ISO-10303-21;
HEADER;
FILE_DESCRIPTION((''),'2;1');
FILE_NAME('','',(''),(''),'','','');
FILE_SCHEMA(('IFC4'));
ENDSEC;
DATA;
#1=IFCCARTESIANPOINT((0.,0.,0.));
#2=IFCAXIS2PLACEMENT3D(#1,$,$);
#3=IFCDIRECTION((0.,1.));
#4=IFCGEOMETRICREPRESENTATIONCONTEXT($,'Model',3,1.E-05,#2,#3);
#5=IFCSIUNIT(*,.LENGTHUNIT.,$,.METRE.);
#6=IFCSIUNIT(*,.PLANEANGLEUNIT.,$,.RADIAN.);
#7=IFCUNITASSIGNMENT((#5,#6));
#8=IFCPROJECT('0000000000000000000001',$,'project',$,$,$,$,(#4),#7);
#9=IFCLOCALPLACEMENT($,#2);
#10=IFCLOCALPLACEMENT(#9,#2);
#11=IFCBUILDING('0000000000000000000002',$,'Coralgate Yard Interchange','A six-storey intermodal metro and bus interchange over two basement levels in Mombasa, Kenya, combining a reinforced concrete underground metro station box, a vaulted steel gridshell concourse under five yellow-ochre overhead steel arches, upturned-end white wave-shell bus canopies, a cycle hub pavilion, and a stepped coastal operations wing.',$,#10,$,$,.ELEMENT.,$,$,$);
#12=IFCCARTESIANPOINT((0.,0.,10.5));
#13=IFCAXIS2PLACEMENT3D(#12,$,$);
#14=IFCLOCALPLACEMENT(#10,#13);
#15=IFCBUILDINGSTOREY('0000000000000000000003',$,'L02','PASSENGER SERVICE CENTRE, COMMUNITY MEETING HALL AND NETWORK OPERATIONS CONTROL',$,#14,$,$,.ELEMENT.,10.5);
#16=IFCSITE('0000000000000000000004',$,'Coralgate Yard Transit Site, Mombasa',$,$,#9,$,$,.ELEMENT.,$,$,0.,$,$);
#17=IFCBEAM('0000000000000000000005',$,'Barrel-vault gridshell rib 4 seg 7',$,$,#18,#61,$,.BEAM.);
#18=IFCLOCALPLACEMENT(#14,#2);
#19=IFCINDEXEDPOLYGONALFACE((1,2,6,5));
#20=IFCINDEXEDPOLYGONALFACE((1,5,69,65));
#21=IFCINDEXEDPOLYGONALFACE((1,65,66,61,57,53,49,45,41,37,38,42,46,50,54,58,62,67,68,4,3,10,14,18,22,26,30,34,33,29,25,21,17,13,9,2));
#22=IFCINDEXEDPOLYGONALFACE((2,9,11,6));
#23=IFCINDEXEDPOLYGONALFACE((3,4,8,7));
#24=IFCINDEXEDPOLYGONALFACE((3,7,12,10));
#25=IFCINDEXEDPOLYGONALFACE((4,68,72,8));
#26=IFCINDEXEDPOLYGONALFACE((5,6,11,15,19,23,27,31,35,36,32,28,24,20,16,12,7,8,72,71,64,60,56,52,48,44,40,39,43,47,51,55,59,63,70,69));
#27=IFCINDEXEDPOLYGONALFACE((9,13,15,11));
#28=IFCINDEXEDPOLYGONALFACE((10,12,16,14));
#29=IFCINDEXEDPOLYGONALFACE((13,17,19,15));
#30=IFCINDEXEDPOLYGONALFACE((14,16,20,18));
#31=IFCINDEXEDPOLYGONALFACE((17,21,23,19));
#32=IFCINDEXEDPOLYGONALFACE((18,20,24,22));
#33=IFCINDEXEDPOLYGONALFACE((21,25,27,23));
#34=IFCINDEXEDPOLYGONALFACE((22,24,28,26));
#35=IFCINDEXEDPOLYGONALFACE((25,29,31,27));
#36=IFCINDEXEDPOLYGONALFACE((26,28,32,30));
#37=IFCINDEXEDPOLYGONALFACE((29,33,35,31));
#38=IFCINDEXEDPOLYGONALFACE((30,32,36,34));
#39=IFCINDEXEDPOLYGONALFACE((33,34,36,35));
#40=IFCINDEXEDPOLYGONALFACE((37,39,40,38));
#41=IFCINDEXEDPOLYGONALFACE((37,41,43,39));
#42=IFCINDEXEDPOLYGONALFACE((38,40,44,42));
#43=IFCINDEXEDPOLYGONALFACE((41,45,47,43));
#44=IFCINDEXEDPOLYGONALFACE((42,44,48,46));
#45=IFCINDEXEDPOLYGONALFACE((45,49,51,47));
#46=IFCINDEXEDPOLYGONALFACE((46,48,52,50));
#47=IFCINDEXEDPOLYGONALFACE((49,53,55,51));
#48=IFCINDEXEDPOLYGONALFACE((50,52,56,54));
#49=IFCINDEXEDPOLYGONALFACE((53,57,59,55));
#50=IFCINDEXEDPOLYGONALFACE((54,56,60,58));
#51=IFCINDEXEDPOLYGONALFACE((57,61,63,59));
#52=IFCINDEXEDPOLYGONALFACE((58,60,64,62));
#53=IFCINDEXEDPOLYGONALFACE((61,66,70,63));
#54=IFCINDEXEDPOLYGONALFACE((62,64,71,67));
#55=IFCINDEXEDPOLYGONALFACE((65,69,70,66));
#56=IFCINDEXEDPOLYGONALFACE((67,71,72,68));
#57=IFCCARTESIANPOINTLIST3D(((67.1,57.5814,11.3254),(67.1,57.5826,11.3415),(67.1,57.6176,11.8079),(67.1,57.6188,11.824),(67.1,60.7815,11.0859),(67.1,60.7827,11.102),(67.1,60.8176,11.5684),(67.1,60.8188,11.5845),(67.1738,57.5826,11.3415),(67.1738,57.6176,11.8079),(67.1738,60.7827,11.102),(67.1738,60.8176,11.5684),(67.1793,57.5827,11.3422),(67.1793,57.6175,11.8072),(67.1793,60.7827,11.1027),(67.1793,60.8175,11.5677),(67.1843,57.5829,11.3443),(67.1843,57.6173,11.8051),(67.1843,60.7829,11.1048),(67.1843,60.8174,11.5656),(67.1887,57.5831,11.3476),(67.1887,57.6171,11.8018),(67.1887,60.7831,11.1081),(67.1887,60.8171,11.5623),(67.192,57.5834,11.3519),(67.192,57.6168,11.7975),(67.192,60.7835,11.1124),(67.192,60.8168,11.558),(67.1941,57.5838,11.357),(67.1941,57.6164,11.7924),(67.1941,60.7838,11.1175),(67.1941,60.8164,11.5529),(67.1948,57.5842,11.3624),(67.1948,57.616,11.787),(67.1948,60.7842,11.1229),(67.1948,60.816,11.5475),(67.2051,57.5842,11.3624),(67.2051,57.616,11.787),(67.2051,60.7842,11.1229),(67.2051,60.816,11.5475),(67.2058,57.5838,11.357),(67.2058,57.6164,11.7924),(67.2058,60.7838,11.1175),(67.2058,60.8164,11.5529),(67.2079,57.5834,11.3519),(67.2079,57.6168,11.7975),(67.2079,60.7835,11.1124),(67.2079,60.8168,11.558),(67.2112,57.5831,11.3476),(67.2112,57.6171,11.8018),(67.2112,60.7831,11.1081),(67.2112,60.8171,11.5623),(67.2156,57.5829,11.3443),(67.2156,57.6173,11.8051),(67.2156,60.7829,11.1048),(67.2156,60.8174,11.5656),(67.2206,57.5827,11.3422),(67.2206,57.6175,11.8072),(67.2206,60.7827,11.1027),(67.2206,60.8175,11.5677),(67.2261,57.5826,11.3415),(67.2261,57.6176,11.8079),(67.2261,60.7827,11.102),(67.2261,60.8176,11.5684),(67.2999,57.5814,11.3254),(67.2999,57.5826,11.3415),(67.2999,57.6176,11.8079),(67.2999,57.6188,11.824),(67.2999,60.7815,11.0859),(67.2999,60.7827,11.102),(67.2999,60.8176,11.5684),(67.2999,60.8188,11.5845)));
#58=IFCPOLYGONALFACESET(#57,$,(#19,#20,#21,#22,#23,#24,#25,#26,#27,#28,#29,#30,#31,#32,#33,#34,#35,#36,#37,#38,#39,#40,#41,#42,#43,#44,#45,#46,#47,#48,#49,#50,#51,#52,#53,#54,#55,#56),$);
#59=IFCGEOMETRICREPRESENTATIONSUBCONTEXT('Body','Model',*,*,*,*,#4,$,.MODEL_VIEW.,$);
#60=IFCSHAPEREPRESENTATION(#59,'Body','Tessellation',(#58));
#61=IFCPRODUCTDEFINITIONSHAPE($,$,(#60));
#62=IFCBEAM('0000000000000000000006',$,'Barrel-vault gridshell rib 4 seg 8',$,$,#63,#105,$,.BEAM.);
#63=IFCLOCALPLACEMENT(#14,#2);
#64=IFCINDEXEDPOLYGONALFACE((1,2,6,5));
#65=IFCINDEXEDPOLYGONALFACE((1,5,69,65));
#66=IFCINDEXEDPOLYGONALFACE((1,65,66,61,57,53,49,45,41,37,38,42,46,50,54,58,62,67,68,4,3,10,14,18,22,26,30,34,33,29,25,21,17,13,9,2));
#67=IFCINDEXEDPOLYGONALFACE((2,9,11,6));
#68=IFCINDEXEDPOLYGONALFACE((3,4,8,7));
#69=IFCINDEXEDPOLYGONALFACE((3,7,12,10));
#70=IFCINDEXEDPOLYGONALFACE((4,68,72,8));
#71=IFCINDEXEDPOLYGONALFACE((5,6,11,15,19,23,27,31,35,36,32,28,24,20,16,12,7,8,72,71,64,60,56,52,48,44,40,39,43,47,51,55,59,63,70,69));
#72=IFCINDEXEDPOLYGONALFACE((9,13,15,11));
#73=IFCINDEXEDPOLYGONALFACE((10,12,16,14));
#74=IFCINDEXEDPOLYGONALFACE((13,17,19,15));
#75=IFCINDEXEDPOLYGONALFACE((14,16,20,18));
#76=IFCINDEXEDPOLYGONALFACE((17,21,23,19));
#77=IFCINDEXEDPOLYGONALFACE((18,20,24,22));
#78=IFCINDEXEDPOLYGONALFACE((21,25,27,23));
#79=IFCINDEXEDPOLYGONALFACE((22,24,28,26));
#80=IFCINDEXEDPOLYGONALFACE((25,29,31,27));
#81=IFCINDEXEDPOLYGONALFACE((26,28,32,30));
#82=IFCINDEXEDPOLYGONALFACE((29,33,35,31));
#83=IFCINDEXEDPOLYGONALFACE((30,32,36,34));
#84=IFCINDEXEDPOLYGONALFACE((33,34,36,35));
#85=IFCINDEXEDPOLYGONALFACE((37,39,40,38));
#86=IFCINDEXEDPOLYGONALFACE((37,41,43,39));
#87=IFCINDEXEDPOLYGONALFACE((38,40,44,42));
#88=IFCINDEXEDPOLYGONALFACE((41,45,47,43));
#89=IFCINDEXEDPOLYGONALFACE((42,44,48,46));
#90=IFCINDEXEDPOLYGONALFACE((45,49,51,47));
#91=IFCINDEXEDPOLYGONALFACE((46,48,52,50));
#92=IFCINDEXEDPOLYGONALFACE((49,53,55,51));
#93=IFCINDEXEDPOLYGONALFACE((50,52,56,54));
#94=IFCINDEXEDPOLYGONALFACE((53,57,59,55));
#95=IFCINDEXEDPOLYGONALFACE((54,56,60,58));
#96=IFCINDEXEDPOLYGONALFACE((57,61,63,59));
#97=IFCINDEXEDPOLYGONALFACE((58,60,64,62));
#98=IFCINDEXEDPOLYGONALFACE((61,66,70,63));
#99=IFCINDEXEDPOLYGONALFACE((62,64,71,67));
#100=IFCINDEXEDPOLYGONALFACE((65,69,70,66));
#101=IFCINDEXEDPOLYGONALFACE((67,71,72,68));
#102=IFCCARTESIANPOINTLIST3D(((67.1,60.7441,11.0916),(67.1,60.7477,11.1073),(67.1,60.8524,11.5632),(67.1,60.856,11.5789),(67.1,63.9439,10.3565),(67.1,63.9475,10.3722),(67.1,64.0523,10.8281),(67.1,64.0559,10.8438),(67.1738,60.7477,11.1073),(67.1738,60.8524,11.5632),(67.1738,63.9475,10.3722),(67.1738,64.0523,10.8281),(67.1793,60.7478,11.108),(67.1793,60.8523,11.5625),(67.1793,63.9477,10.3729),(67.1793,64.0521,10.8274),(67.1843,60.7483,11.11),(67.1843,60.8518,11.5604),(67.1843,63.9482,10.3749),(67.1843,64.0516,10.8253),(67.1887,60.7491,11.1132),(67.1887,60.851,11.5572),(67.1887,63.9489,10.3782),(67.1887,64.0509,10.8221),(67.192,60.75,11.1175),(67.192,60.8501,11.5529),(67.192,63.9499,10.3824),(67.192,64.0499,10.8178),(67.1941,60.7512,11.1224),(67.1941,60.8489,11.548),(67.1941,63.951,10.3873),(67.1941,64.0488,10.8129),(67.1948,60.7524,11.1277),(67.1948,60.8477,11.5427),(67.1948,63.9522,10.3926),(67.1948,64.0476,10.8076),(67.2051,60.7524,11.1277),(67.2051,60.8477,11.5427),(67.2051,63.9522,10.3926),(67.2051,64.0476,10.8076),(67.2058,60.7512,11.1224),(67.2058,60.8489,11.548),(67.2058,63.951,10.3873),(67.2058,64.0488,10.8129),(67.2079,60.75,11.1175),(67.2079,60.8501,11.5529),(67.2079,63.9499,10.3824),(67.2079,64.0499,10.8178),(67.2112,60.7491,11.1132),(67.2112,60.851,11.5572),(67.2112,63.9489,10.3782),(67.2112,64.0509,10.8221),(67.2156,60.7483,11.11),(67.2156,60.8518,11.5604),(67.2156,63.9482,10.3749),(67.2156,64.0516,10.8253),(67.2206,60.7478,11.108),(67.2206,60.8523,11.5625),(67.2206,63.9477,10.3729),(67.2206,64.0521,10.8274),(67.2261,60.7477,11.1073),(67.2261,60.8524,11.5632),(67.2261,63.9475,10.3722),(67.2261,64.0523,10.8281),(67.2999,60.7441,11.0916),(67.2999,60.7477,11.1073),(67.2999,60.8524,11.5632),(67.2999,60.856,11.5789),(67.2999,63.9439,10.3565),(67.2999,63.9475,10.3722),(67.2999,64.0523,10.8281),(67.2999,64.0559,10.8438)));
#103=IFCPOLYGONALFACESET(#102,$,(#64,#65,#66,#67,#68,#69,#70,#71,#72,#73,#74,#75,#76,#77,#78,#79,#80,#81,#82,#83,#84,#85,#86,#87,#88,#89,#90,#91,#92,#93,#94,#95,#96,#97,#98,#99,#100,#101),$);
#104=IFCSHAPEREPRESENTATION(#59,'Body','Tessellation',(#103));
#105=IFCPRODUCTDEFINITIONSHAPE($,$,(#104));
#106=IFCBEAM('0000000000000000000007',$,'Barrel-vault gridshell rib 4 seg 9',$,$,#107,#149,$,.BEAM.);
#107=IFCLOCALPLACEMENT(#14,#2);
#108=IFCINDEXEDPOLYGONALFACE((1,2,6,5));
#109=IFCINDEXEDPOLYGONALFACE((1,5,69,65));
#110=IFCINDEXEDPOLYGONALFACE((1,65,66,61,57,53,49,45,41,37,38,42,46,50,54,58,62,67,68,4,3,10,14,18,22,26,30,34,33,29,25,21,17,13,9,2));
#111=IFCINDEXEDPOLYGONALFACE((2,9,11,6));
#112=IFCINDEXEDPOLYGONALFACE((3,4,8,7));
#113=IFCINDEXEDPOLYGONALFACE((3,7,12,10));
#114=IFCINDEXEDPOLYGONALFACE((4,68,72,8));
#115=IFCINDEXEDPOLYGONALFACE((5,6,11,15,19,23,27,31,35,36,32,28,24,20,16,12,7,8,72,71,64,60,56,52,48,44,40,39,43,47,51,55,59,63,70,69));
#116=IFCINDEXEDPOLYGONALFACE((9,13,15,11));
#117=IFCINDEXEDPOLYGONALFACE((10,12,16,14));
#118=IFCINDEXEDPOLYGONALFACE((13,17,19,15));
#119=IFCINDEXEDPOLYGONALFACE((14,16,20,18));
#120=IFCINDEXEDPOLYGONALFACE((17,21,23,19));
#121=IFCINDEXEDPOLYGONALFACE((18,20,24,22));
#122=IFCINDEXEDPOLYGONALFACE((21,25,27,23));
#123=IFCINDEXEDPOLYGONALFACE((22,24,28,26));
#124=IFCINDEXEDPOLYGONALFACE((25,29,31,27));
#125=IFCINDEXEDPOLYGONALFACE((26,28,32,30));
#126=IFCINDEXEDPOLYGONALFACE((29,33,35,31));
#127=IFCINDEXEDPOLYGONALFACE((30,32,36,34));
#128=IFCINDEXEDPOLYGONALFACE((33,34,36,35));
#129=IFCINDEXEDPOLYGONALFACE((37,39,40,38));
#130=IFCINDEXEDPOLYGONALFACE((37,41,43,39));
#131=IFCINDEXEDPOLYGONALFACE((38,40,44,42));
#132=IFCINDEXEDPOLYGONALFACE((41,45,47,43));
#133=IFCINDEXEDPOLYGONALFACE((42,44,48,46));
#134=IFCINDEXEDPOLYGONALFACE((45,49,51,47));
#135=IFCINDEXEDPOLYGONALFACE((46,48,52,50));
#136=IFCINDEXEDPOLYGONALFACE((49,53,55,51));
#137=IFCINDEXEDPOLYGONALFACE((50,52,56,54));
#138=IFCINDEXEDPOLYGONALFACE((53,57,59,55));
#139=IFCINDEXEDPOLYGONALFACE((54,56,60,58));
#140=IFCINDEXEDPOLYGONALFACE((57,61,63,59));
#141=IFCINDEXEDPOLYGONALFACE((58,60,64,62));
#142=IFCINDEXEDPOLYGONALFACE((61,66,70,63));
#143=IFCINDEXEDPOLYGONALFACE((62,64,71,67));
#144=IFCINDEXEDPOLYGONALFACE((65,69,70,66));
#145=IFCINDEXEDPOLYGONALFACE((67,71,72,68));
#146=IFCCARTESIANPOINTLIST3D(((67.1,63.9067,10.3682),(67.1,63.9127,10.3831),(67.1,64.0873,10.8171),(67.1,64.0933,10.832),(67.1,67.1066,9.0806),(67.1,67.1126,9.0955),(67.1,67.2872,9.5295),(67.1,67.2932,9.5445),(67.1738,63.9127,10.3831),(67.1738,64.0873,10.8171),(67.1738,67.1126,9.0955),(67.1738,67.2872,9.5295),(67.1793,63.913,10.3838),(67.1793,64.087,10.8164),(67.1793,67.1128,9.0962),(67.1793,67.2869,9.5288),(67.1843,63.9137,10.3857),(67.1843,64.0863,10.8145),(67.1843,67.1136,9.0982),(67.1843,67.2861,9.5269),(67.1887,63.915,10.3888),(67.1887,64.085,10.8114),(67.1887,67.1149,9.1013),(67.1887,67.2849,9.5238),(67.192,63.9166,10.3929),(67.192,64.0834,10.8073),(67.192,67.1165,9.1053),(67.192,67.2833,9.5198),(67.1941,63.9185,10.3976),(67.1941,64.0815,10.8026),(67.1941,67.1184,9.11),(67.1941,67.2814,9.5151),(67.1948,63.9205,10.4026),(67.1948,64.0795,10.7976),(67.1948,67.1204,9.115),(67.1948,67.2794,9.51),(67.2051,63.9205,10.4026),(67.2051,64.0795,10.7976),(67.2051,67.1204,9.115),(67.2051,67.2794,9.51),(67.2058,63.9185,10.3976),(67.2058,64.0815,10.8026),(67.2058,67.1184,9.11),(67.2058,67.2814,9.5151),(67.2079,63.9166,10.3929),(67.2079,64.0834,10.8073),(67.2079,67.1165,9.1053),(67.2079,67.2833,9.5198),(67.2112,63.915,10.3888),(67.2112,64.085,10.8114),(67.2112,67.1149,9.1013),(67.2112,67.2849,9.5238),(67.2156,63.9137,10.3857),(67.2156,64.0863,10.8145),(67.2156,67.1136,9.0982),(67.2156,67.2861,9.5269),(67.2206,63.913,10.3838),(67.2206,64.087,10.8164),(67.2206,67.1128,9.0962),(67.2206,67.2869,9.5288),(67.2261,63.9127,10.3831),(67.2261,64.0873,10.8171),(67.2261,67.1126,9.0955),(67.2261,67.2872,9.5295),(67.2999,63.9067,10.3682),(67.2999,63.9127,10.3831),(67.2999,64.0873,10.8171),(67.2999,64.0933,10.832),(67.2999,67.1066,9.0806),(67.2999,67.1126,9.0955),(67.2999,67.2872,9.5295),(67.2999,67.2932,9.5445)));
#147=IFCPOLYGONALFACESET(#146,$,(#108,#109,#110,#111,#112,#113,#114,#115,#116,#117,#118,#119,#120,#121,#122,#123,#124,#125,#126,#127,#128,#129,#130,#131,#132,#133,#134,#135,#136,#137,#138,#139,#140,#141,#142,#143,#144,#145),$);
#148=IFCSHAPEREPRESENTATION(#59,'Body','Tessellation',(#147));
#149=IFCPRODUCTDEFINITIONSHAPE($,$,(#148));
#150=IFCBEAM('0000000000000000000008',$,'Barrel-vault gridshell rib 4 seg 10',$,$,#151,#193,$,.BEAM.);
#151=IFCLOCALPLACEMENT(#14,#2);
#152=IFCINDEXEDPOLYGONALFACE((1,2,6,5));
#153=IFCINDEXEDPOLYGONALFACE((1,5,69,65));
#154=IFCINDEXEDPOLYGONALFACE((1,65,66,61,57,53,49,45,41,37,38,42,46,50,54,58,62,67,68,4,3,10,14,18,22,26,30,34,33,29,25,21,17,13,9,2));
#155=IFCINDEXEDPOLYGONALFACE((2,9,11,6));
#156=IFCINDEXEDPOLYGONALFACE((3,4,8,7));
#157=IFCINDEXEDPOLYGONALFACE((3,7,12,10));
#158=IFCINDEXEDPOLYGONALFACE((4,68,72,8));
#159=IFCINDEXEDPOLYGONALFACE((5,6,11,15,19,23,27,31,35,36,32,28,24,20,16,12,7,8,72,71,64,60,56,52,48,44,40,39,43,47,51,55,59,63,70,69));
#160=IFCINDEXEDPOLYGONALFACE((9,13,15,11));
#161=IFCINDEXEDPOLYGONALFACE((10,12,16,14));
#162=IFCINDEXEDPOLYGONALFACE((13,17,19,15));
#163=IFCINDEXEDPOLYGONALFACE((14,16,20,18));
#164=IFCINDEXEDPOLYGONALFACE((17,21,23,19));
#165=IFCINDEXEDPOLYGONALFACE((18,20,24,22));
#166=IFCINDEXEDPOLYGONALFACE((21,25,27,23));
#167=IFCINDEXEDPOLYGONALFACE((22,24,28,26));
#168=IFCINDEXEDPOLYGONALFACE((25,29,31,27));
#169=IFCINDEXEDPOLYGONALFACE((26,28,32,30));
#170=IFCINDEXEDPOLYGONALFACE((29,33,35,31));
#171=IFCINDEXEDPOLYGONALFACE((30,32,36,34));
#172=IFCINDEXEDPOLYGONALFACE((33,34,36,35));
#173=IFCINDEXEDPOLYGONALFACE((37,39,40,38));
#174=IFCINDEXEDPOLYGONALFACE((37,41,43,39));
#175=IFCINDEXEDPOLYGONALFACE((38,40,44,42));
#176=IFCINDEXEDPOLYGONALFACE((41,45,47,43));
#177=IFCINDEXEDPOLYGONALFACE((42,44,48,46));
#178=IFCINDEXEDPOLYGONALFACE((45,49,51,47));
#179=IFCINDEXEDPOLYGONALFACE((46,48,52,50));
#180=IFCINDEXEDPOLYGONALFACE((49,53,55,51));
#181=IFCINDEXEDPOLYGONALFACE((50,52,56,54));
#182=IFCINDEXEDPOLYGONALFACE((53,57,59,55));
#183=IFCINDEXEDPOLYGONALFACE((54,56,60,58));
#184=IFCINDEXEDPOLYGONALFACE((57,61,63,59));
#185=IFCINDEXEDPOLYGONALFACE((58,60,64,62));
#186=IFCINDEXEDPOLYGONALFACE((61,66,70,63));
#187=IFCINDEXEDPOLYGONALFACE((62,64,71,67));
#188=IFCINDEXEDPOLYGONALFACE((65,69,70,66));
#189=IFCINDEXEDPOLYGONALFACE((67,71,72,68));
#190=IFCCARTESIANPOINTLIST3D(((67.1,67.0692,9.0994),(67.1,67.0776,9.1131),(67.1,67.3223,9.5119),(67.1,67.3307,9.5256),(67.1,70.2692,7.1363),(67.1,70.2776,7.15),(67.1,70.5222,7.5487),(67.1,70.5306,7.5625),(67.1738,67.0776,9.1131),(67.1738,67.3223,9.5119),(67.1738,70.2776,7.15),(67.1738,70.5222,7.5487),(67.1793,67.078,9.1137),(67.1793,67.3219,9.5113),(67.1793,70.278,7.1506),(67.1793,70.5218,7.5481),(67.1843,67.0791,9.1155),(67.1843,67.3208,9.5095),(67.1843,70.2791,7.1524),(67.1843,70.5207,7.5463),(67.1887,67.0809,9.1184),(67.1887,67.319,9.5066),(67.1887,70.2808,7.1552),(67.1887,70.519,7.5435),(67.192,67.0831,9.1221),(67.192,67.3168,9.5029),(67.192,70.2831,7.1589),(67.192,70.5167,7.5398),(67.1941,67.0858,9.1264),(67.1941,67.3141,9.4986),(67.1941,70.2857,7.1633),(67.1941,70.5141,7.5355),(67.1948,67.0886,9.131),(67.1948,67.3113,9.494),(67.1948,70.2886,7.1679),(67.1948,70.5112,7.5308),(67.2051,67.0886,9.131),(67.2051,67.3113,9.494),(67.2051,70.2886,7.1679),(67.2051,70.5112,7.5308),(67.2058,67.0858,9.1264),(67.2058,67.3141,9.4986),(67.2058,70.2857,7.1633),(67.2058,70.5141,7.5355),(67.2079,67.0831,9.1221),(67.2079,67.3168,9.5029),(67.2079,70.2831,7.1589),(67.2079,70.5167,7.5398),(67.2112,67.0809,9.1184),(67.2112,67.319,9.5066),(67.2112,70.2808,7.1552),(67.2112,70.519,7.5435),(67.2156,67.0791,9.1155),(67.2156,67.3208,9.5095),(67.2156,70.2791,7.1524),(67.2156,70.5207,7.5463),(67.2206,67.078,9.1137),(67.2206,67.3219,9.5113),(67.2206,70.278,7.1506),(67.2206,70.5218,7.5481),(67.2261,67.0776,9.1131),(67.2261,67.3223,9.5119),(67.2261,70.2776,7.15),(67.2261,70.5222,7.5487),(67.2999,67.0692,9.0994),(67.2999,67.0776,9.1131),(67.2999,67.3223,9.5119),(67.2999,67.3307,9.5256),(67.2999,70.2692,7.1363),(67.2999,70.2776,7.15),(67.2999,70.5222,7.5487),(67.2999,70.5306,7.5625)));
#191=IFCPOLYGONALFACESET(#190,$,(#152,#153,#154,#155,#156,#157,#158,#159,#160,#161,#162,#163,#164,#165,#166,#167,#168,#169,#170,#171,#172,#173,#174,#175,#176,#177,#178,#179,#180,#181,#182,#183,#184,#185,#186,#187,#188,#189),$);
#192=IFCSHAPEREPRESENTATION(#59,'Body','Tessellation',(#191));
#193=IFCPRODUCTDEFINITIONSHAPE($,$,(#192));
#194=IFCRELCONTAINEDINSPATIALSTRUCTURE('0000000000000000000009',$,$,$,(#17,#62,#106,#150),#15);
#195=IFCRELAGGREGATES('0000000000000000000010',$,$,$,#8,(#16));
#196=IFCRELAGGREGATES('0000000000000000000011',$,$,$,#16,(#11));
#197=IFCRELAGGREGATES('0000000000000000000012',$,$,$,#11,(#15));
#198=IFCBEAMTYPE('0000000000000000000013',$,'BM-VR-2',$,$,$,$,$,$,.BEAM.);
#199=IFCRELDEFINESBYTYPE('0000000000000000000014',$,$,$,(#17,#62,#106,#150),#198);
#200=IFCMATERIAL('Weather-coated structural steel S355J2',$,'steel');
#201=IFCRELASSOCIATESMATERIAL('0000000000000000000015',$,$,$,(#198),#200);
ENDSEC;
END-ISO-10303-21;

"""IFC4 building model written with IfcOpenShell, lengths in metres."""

from ifc_helpers import new_model, si_unit, direction, frame, origin, origin_2d, place, context, subcontext, project, spatial, i_section, extrude, material, material_profile, profile_set, type_object, element, save


model = new_model("IFC4")

# Units and contexts
model_context = context("Model", 3, precision=1e-05, world=origin(), true_north=direction((0.0, 1.0)))
body_context = subcontext(model_context, "Body", "Model", "MODEL_VIEW")
ifc_project = project(units=[si_unit("LENGTHUNIT", "METRE"), si_unit("PLANEANGLEUNIT", "RADIAN")], contexts=[model_context])

# Site, building, storey
site_placement = place(None, origin())
site = spatial("IfcSite", under=ifc_project, at=site_placement, Name="Coralgate Yard Transit Site, Mombasa", CompositionType="ELEMENT", RefElevation=0.0)
building_placement = place(site_placement, origin())
building = spatial("IfcBuilding", under=site, at=building_placement, Name="Coralgate Yard Interchange", Description="A six-storey intermodal metro and bus interchange over two basement levels in Mombasa, Kenya, combining a reinforced concrete underground metro station box, a vaulted steel gridshell concourse under five yellow-ochre overhead steel arches, upturned-end white wave-shell bus canopies, a cycle hub pavilion, and a stepped coastal operations wing.", CompositionType="ELEMENT")
storey_placement = place(building_placement, frame((0.0, 0.0, 10.5)))
storey = spatial("IfcBuildingStorey", under=building, at=storey_placement, Name="L02", Description="PASSENGER SERVICE CENTRE, COMMUNITY MEETING HALL AND NETWORK OPERATIONS CONTROL", CompositionType="ELEMENT", Elevation=10.5)

# Beams
ifc_material_1 = material(Name="Weather-coated structural steel S355J2", Category="steel")
ifc_material_profile_1 = material_profile(ifc_material_1, i_section(OverallWidth=0.2, OverallDepth=0.5, WebThickness=0.0103, FlangeThickness=0.0161, FilletRadius=0.021, at=origin_2d()), Name="IPE 500")
ifc_profile_set_1 = profile_set([ifc_material_profile_1], Name="Weather-coated structural steel S355J2")
beam_type_1 = type_object("IfcBeamType", Name="BM-VR-2", PredefinedType="BEAM", material=ifc_profile_set_1)
beam_1_placement = place(storey_placement, frame((67.2, 57.6001, 11.5747), z_axis=(0.0, 0.997211, -0.074637), x_axis=(-1.0, 0.0, 0.0)))
element("IfcBeam", 1, at=beam_1_placement, inside=storey, type_object=beam_type_1, Name="Barrel-vault gridshell rib 4 seg 7", PredefinedType="BEAM", context=body_context, shape_type="SweptSolid", body=[
    extrude(i_section(OverallWidth=0.2, OverallDepth=0.5, WebThickness=0.0103, FlangeThickness=0.0161, FilletRadius=0.021, at=origin_2d()), origin(), (0.0, 0.0, 1.0), 3.209),
])
beam_2_placement = place(storey_placement, frame((67.2, 60.8, 11.3352), z_axis=(0.0, 0.974614, -0.223893), x_axis=(-1.0, 0.0, 0.0)))
element("IfcBeam", 2, at=beam_2_placement, inside=storey, type_object=beam_type_1, Name="Barrel-vault gridshell rib 4 seg 8", PredefinedType="BEAM", context=body_context, shape_type="SweptSolid", body=[
    extrude(i_section(OverallWidth=0.2, OverallDepth=0.5, WebThickness=0.0103, FlangeThickness=0.0161, FilletRadius=0.021, at=origin_2d()), origin(), (0.0, 0.0, 1.0), 3.2832),
])
beam_3_placement = place(storey_placement, frame((67.2, 64.0, 10.6001), z_axis=(0.0, 0.927713, -0.373294), x_axis=(-1.0, 0.0, 0.0)))
element("IfcBeam", 3, at=beam_3_placement, inside=storey, type_object=beam_type_1, Name="Barrel-vault gridshell rib 4 seg 9", PredefinedType="BEAM", context=body_context, shape_type="SweptSolid", body=[
    extrude(i_section(OverallWidth=0.2, OverallDepth=0.5, WebThickness=0.0103, FlangeThickness=0.0161, FilletRadius=0.021, at=origin_2d()), origin(), (0.0, 0.0, 1.0), 3.4492),
])
beam_4_placement = place(storey_placement, frame((67.2, 67.2, 9.3125), z_axis=(0.0, 0.852379, -0.522925), x_axis=(-1.0, 0.0, 0.0)))
element("IfcBeam", 4, at=beam_4_placement, inside=storey, type_object=beam_type_1, Name="Barrel-vault gridshell rib 4 seg 10", PredefinedType="BEAM", context=body_context, shape_type="SweptSolid", body=[
    extrude(i_section(OverallWidth=0.2, OverallDepth=0.5, WebThickness=0.0103, FlangeThickness=0.0161, FilletRadius=0.021, at=origin_2d()), origin(), (0.0, 0.0, 1.0), 3.7542),
])

save(model, "model.ifc")
